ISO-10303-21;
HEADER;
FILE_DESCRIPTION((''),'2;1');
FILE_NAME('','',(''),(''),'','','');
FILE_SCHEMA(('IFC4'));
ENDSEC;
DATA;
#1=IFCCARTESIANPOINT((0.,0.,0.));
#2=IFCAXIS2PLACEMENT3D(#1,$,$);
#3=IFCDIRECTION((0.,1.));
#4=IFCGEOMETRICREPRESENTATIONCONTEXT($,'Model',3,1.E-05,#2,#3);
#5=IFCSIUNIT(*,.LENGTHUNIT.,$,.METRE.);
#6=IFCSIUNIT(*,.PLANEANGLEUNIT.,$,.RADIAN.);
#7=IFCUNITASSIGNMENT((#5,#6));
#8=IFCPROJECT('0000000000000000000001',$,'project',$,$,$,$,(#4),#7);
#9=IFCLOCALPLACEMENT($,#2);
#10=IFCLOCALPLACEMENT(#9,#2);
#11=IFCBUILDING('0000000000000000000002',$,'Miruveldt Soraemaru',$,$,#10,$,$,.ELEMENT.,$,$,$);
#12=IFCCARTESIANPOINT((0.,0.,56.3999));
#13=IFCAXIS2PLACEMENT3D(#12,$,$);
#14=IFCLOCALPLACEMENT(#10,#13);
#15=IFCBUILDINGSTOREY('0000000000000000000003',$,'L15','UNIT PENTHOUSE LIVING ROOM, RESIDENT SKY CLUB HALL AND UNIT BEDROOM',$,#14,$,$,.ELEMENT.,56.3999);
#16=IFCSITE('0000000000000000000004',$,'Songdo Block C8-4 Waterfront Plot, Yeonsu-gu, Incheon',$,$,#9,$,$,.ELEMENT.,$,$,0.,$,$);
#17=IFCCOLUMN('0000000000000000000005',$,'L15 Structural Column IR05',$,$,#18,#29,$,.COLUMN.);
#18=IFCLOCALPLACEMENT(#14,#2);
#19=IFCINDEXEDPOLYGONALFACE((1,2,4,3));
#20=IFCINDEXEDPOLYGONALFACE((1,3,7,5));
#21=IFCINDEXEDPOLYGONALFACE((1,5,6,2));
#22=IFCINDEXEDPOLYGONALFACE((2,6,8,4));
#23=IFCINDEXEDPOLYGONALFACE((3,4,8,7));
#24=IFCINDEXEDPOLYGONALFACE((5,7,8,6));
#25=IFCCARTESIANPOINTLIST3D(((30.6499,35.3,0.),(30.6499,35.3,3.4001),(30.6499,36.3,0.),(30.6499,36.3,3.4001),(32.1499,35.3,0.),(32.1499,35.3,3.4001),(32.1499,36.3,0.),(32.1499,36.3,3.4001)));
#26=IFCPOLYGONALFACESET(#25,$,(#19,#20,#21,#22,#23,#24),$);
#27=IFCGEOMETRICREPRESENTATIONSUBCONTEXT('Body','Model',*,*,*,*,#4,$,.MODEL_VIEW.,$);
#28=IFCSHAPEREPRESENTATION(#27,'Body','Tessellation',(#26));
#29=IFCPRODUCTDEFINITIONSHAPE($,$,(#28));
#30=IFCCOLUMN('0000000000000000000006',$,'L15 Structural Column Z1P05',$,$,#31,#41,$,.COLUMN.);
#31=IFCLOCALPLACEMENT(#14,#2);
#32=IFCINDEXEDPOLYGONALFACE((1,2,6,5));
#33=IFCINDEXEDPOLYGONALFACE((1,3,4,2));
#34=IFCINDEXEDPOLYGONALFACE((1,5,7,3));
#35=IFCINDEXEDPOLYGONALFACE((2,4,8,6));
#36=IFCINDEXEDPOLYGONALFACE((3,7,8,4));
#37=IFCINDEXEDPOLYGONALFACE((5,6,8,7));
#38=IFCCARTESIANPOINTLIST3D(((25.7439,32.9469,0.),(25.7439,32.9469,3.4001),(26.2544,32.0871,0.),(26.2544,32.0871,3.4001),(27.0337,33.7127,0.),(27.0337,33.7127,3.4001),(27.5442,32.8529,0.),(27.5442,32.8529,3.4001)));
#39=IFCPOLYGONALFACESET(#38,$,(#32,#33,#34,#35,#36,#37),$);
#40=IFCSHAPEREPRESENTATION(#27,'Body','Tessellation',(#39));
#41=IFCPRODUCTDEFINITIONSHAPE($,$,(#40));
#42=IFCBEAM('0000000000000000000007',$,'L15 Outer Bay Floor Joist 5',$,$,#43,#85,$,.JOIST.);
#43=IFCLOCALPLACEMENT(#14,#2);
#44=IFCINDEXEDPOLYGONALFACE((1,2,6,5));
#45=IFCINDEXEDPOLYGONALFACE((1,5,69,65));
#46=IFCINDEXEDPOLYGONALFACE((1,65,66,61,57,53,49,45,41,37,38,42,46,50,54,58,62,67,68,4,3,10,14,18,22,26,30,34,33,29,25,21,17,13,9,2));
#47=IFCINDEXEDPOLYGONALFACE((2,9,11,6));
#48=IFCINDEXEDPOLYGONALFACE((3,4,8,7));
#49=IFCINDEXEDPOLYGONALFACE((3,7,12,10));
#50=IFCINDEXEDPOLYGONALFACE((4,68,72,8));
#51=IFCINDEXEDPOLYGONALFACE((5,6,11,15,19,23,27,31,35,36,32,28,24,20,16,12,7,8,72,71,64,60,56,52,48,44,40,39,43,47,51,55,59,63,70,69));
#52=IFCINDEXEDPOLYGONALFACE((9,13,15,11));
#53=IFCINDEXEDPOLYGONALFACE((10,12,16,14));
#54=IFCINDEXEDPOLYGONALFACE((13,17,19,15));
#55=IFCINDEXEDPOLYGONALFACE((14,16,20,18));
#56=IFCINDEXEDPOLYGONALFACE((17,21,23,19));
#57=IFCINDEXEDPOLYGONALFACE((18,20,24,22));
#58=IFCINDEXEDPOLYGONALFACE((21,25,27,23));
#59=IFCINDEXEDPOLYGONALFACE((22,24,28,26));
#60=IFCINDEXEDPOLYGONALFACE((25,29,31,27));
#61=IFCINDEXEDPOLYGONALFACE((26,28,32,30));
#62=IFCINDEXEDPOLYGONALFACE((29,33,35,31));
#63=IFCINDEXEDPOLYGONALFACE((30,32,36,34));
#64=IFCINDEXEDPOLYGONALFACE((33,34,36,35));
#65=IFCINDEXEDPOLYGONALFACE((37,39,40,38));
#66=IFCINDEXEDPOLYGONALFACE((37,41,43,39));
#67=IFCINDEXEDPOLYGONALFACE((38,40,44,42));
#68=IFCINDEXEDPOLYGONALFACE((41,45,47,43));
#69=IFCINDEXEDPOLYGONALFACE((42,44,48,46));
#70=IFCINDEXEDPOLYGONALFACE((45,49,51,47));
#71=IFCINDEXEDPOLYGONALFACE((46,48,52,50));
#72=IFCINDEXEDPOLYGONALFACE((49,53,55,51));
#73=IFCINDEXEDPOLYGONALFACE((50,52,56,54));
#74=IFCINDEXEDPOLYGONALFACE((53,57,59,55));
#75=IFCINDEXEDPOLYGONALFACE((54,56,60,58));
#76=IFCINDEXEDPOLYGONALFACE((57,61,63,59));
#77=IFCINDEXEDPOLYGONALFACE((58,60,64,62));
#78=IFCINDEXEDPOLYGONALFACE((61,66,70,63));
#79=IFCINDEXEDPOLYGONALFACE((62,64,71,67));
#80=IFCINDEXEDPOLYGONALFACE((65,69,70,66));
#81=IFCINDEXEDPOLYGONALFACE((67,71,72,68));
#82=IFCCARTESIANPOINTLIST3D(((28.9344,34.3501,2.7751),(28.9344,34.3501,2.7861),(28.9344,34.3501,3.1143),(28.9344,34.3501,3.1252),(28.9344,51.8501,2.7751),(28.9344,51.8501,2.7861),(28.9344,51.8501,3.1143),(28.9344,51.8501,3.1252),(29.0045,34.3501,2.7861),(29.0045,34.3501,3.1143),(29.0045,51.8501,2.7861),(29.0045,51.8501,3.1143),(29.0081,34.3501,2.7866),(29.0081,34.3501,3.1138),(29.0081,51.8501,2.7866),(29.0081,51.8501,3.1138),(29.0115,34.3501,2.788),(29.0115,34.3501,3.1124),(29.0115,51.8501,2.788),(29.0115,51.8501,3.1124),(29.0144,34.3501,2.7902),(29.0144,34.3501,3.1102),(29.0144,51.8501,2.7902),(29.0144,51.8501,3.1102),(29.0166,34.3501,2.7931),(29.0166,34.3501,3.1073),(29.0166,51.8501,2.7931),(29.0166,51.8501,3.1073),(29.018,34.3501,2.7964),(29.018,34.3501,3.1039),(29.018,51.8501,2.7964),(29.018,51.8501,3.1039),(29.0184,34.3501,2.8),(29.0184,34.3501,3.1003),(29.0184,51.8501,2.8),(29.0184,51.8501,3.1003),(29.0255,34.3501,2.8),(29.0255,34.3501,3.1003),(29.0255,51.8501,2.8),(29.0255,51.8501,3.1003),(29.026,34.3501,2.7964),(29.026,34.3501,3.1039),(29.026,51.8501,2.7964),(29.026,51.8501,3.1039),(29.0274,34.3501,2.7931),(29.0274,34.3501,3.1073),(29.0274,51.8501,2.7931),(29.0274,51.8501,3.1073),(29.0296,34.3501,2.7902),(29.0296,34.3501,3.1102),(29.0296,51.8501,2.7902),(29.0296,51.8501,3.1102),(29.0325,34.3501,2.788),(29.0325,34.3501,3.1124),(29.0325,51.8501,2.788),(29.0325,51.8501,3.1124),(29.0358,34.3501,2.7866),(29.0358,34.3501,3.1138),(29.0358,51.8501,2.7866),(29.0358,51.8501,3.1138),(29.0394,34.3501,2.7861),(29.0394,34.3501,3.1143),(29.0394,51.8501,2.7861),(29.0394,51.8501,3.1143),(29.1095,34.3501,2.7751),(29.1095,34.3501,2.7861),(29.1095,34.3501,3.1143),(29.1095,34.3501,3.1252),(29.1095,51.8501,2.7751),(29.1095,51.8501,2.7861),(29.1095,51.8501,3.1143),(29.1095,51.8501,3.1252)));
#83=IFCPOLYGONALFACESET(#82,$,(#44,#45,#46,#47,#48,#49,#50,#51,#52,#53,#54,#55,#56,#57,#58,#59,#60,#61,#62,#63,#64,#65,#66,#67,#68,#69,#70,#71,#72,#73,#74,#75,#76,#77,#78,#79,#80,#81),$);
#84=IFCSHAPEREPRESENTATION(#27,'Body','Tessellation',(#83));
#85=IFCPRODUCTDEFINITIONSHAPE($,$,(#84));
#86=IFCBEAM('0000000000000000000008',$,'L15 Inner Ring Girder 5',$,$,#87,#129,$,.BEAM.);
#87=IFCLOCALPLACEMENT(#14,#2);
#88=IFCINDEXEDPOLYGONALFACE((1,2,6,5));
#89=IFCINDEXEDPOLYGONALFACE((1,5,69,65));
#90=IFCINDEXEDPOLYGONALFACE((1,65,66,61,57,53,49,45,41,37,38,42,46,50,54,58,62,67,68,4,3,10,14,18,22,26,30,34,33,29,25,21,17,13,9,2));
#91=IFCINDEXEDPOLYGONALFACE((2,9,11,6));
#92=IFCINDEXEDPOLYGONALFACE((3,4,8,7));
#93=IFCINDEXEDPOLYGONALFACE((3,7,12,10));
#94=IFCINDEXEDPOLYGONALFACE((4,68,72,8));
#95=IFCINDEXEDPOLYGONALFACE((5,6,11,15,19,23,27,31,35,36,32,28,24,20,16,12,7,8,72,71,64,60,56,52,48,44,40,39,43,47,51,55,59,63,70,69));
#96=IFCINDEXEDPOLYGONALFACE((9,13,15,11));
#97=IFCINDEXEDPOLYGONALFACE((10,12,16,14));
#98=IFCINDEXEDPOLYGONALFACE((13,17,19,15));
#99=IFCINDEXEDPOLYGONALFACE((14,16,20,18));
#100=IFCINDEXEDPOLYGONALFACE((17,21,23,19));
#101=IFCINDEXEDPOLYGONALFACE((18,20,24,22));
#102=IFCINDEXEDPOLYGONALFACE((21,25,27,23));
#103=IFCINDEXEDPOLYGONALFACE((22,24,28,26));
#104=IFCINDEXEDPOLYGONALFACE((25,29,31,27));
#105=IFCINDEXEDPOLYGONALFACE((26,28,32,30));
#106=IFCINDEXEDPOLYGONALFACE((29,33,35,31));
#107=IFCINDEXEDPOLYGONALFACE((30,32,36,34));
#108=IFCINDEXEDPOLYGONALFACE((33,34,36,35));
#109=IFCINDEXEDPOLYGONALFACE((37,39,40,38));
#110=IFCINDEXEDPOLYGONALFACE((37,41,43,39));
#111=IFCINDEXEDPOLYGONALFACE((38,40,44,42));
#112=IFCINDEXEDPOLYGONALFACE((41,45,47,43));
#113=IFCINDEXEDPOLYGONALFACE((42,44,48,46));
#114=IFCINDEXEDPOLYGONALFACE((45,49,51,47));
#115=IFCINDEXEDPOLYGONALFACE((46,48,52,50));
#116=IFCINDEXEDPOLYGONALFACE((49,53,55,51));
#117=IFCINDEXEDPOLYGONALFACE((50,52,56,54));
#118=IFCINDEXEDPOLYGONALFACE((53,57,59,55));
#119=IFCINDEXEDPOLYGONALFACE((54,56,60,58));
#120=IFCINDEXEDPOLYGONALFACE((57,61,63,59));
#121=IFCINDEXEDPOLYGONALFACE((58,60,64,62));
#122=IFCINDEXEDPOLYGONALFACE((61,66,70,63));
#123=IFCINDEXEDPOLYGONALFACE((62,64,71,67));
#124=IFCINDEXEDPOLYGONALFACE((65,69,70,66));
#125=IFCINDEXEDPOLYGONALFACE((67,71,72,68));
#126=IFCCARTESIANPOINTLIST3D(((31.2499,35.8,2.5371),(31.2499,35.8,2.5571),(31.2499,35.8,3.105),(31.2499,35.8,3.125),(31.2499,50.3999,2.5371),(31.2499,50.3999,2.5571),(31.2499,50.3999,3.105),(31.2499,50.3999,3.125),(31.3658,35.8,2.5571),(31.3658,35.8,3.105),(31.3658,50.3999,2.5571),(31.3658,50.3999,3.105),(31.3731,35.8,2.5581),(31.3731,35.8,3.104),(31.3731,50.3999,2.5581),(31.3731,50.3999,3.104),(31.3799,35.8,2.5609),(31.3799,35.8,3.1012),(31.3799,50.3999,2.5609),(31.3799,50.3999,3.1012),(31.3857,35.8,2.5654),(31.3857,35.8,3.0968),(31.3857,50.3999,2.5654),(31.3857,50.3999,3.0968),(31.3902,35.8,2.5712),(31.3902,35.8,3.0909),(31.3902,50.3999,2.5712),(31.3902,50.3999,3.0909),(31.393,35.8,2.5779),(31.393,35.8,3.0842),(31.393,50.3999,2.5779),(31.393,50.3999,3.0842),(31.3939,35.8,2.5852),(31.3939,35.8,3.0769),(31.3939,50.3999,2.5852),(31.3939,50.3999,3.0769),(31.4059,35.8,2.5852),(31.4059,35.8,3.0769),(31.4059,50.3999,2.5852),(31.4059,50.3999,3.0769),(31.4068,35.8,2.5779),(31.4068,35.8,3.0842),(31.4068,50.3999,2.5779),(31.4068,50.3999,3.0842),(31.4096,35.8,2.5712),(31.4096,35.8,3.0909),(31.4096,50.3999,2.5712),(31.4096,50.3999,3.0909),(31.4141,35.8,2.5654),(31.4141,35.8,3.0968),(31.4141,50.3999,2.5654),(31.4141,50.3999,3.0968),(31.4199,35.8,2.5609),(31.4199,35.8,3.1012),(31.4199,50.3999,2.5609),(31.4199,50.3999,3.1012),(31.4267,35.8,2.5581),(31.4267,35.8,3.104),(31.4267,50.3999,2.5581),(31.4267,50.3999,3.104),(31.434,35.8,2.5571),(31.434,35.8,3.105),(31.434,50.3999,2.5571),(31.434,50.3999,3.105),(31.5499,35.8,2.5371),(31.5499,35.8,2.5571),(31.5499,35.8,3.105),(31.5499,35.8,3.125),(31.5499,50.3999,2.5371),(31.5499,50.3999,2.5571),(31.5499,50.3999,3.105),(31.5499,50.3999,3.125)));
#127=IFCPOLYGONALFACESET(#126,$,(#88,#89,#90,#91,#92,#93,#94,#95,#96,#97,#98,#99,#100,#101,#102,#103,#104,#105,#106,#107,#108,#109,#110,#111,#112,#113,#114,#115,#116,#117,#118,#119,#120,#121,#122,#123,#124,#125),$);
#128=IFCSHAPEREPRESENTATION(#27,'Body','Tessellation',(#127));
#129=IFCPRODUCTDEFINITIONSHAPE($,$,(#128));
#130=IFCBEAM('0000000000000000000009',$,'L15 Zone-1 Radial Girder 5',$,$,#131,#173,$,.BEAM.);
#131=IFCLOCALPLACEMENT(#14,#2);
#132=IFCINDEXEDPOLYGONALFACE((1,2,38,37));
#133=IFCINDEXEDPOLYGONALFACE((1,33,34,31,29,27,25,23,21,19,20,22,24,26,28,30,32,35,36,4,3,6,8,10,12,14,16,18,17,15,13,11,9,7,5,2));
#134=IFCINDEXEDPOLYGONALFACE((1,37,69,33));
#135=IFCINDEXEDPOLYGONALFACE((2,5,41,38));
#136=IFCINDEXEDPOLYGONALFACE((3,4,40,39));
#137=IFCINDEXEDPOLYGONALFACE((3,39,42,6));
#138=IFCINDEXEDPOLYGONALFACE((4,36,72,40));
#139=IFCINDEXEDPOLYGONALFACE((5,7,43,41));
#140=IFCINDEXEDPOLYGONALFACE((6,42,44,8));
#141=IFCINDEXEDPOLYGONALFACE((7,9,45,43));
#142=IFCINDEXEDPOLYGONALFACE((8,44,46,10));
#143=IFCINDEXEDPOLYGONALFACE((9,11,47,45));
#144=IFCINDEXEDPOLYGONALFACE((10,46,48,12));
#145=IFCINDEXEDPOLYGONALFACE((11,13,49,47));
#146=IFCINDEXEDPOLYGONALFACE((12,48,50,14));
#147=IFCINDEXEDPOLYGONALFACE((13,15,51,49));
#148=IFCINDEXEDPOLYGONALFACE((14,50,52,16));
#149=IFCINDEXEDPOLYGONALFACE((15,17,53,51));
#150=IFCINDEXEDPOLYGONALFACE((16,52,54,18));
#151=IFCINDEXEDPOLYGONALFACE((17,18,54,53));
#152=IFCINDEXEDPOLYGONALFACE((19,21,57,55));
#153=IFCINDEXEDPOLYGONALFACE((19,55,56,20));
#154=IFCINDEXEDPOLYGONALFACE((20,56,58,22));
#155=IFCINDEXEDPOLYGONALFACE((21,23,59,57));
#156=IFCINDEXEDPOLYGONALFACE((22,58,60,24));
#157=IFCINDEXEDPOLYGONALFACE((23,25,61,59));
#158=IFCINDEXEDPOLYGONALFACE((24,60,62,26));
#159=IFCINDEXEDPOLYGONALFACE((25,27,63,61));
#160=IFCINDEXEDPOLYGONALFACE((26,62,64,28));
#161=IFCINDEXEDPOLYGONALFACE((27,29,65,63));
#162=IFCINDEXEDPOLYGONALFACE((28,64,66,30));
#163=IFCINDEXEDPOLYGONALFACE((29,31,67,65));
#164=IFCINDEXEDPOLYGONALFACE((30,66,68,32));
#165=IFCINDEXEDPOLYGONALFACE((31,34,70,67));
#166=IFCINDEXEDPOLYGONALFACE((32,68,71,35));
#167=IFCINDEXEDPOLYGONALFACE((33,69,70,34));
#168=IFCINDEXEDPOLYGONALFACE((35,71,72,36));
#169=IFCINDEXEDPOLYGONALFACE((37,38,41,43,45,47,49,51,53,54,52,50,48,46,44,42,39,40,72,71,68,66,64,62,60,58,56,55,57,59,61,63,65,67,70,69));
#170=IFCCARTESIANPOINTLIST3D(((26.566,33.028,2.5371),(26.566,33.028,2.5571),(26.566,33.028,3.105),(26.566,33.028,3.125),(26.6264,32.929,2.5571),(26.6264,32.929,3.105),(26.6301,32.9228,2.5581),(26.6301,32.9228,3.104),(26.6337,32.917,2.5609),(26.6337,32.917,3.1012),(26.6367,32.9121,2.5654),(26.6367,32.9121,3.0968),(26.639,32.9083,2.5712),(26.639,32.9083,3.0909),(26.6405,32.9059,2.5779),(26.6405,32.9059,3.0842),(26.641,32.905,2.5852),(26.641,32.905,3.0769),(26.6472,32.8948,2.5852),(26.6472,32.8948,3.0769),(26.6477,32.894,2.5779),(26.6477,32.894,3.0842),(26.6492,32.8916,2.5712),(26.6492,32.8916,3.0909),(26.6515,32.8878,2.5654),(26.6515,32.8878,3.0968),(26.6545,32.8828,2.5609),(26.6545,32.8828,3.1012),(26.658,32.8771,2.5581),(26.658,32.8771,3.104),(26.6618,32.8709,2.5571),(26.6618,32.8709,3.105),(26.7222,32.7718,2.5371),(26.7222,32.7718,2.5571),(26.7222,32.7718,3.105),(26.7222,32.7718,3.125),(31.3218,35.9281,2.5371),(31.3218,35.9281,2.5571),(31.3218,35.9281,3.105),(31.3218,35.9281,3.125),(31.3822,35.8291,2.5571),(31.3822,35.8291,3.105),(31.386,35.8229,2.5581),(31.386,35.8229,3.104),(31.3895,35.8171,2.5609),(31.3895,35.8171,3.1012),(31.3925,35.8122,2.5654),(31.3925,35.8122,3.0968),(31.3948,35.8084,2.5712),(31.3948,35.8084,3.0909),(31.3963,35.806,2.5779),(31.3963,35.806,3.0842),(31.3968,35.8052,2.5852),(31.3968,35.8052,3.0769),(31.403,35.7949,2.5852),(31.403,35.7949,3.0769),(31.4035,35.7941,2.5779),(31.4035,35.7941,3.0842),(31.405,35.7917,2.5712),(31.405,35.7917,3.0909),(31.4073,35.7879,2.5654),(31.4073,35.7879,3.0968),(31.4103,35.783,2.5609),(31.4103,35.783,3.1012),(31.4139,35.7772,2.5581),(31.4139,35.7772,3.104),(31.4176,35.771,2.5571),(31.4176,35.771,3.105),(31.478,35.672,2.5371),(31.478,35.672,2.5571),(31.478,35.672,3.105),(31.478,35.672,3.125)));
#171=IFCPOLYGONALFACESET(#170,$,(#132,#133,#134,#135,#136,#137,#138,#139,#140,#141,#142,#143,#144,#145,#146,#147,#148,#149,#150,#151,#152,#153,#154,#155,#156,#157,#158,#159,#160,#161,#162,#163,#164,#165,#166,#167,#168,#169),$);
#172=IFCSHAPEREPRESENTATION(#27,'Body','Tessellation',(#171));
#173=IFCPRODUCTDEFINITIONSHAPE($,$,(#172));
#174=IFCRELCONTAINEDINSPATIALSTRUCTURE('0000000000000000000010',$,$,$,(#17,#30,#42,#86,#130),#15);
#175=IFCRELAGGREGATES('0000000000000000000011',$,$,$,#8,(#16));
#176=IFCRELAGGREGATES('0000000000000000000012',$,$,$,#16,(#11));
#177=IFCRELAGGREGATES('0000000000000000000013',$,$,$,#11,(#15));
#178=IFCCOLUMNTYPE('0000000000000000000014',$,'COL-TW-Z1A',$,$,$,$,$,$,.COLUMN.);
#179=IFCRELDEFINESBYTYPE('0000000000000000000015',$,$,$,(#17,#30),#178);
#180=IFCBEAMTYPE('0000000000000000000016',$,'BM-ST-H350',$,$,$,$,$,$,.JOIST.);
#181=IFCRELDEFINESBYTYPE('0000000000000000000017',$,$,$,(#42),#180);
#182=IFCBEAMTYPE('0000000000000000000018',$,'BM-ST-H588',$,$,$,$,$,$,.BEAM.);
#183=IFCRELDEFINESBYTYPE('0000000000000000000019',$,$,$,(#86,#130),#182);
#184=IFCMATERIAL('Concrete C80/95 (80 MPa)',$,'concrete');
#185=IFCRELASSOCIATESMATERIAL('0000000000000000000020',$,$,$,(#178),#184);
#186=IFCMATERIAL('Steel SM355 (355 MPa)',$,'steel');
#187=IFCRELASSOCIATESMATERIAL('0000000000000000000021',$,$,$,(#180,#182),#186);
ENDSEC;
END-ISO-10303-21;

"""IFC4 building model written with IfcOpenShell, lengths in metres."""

from ifc_helpers import new_model, si_unit, direction, frame, origin, origin_2d, place, context, subcontext, project, spatial, rectangle, i_section, extrude, material, material_profile, profile_set, type_object, element, save


model = new_model("IFC4")

# Units and contexts
model_context = context("Model", 3, precision=1e-05, world=origin(), true_north=direction((0.0, 1.0)))
body_context = subcontext(model_context, "Body", "Model", "MODEL_VIEW")
ifc_project = project(units=[si_unit("LENGTHUNIT", "METRE"), si_unit("PLANEANGLEUNIT", "RADIAN")], contexts=[model_context])

# Site, building, storey
site_placement = place(None, origin())
site = spatial("IfcSite", under=ifc_project, at=site_placement, Name="Songdo Block C8-4 Waterfront Plot, Yeonsu-gu, Incheon", CompositionType="ELEMENT", RefElevation=0.0)
building_placement = place(site_placement, origin())
building = spatial("IfcBuilding", under=site, at=building_placement, Name="Miruveldt Soraemaru", CompositionType="ELEMENT")
storey_placement = place(building_placement, frame((0.0, 0.0, 56.3999)))
storey = spatial("IfcBuildingStorey", under=building, at=storey_placement, Name="L15", Description="UNIT PENTHOUSE LIVING ROOM, RESIDENT SKY CLUB HALL AND UNIT BEDROOM", CompositionType="ELEMENT", Elevation=56.3999)

# Columns
ifc_material_1 = material(Name="Concrete C80/95 (80 MPa)", Category="concrete")
ifc_material_profile_1 = material_profile(ifc_material_1, rectangle(XDim=1.5, YDim=1.0, at=origin_2d()), Name="Concrete C80/95 (80 MPa)", Category="concrete")
ifc_profile_set_1 = profile_set([ifc_material_profile_1], Name="Concrete C80/95 (80 MPa)")
column_type = type_object("IfcColumnType", Name="COL-TW-Z1A", PredefinedType="COLUMN", material=ifc_profile_set_1)
for number, where, z_axis, x_axis, name in (
    (1, (31.3999, 35.8, 0.0), (0.0, 0.0, 1.0), (1.0, 0.0, 0.0), "L15 Structural Column IR05"),
    (2, (26.644, 32.8999, 0.0), (0.0, 0.0, 1.0), (0.859852, 0.510543, 0.0), "L15 Structural Column Z1P05"),
):
    element("IfcColumn", number, at=place(storey_placement, frame(where, z_axis=z_axis, x_axis=x_axis)), inside=storey, type_object=column_type, Name=name, PredefinedType="COLUMN", context=body_context, shape_type="SweptSolid", body=[
        extrude(rectangle(XDim=1.5, YDim=1.0, at=origin_2d()), origin(), (0.0, 0.0, 1.0), 3.4001),
    ])

# Beams
ifc_material_2 = material(Name="Steel SM355 (355 MPa)", Category="steel")
ifc_material_profile_2 = material_profile(ifc_material_2, i_section(OverallWidth=0.175, OverallDepth=0.3501, WebThickness=0.0071, FlangeThickness=0.011, FilletRadius=0.0139, at=origin_2d()), Name="Steel SM355 (355 MPa)", Category="steel")
ifc_profile_set_2 = profile_set([ifc_material_profile_2], Name="Steel SM355 (355 MPa)")
beam_type_1 = type_object("IfcBeamType", Name="BM-ST-H350", PredefinedType="JOIST", material=ifc_profile_set_2)
beam_1_placement = place(storey_placement, frame((29.022, 34.3501, 2.9502), z_axis=(0.0, 1.0, 0.0), x_axis=(-1.0, 0.0, 0.0)))
element("IfcBeam", 3, at=beam_1_placement, inside=storey, type_object=beam_type_1, Name="L15 Outer Bay Floor Joist 5", PredefinedType="JOIST", context=body_context, shape_type="SweptSolid", body=[
    extrude(i_section(OverallWidth=0.175, OverallDepth=0.3501, WebThickness=0.0071, FlangeThickness=0.011, FilletRadius=0.0139, at=origin_2d()), origin(), (0.0, 0.0, 1.0), 17.5),
])
ifc_material_profile_3 = material_profile(ifc_material_2, i_section(OverallWidth=0.3, OverallDepth=0.5879, WebThickness=0.012, FlangeThickness=0.02, FilletRadius=0.0281, at=origin_2d()), Name="Steel SM355 (355 MPa)", Category="steel")
ifc_profile_set_3 = profile_set([ifc_material_profile_3], Name="Steel SM355 (355 MPa)")
beam_type_2 = type_object("IfcBeamType", Name="BM-ST-H588", PredefinedType="BEAM", material=ifc_profile_set_3)
beam_2_placement = place(storey_placement, frame((31.3999, 35.8, 2.8311), z_axis=(0.0, 1.0, 0.0), x_axis=(-1.0, 0.0, 0.0)))
element("IfcBeam", 4, at=beam_2_placement, inside=storey, type_object=beam_type_2, Name="L15 Inner Ring Girder 5", PredefinedType="BEAM", context=body_context, shape_type="SweptSolid", body=[
    extrude(i_section(OverallWidth=0.3, OverallDepth=0.5879, WebThickness=0.012, FlangeThickness=0.02, FilletRadius=0.0281, at=origin_2d()), origin(), (0.0, 0.0, 1.0), 14.5999),
])
beam_3_placement = place(storey_placement, frame((31.3999, 35.8, 2.8311), z_axis=(-0.853778, -0.520638, 0.0), x_axis=(0.520638, -0.853778, 0.0)))
element("IfcBeam", 5, at=beam_3_placement, inside=storey, type_object=beam_type_2, Name="L15 Zone-1 Radial Girder 5", PredefinedType="BEAM", context=body_context, shape_type="SweptSolid", body=[
    extrude(i_section(OverallWidth=0.3, OverallDepth=0.5879, WebThickness=0.012, FlangeThickness=0.02, FilletRadius=0.0281, at=origin_2d()), origin(), (0.0, 0.0, 1.0), 5.5703),
])

save(model, "model.ifc")
